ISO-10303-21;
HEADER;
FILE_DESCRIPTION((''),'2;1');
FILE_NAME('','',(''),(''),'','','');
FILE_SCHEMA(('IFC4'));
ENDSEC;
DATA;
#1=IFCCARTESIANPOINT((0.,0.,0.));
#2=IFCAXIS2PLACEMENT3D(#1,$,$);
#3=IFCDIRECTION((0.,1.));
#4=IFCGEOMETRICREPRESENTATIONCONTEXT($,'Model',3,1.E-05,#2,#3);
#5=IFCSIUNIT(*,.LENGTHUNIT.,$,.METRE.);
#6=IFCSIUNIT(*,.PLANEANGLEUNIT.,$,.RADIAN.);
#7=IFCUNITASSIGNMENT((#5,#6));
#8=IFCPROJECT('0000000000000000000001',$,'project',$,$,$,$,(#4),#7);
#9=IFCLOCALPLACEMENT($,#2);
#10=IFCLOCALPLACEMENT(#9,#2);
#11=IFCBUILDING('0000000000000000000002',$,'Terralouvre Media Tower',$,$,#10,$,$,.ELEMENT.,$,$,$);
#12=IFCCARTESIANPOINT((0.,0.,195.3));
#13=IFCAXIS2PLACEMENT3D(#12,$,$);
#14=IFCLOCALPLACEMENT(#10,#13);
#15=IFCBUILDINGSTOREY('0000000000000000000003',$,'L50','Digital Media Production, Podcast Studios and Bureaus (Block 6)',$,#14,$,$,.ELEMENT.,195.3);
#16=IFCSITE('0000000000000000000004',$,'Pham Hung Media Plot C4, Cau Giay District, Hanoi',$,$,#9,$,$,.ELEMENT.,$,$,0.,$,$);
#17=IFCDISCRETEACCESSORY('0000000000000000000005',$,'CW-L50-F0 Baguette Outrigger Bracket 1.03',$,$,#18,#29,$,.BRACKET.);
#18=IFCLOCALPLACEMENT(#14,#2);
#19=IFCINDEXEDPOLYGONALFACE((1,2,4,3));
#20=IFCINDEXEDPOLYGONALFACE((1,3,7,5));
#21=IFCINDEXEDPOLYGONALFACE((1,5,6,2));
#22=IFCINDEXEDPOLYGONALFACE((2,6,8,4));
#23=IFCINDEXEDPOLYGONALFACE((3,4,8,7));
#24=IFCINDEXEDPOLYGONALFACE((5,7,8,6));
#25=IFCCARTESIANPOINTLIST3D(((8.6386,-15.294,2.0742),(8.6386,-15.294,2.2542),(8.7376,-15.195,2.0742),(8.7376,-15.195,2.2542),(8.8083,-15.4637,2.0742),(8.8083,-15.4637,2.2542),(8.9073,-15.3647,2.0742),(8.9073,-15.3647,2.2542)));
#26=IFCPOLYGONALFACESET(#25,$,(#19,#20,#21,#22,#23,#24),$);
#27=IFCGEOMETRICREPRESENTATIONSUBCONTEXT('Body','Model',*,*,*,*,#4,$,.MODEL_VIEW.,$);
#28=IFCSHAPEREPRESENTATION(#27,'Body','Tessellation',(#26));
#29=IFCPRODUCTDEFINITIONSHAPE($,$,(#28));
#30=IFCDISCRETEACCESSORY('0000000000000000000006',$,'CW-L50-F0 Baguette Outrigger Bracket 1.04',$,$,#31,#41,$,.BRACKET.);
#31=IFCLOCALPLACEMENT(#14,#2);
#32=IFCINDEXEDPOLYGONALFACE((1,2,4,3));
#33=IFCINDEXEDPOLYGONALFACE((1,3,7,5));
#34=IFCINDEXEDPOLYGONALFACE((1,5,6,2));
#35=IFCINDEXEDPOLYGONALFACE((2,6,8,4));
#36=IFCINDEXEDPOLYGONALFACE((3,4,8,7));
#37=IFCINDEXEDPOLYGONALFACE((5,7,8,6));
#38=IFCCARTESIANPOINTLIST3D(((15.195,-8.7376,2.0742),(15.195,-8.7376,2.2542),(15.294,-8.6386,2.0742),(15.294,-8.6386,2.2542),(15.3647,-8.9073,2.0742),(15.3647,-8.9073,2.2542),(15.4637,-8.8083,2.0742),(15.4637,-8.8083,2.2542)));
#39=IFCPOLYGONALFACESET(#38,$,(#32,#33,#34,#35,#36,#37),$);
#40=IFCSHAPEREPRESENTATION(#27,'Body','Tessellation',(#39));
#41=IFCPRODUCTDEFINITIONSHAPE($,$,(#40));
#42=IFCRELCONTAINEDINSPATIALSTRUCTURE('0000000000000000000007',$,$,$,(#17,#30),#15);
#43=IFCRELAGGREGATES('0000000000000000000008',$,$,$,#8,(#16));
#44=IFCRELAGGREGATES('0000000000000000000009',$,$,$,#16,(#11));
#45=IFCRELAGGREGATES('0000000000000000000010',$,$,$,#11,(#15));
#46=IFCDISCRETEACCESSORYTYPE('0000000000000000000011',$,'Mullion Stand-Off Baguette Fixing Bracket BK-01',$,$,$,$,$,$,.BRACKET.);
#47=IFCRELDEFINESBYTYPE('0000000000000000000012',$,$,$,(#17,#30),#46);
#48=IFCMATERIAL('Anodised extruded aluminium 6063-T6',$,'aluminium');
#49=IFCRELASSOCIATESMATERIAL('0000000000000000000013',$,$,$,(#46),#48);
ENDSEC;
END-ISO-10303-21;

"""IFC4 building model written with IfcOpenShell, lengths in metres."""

from ifc_helpers import new_model, si_unit, direction, frame, origin, origin_2d, place, context, subcontext, project, spatial, rectangle, extrude, material, type_object, element, save


model = new_model("IFC4")

# Units and contexts
model_context = context("Model", 3, precision=1e-05, world=origin(), true_north=direction((0.0, 1.0)))
body_context = subcontext(model_context, "Body", "Model", "MODEL_VIEW")
ifc_project = project(units=[si_unit("LENGTHUNIT", "METRE"), si_unit("PLANEANGLEUNIT", "RADIAN")], contexts=[model_context])

# Site, building, storey
site_placement = place(None, origin())
site = spatial("IfcSite", under=ifc_project, at=site_placement, Name="Pham Hung Media Plot C4, Cau Giay District, Hanoi", CompositionType="ELEMENT", RefElevation=0.0)
building_placement = place(site_placement, origin())
building = spatial("IfcBuilding", under=site, at=building_placement, Name="Terralouvre Media Tower", CompositionType="ELEMENT")
storey_placement = place(building_placement, frame((0.0, 0.0, 195.3)))
storey = spatial("IfcBuildingStorey", under=building, at=storey_placement, Name="L50", Description="Digital Media Production, Podcast Studios and Bureaus (Block 6)", CompositionType="ELEMENT", Elevation=195.3)

# Discrete accessories
ifc_material_1 = material(Name="Anodised extruded aluminium 6063-T6", Category="aluminium")
discrete_accessory_type = type_object("IfcDiscreteAccessoryType", Name="Mullion Stand-Off Baguette Fixing Bracket BK-01", PredefinedType="BRACKET", material=ifc_material_1)
for number, where, z_axis, x_axis, name in (
    (1, (8.7729, -15.3293, 2.0742), (0.0, 0.0, 1.0), (0.707107, 0.707107, 0.0), "CW-L50-F0 Baguette Outrigger Bracket 1.03"),
    (2, (15.3293, -8.7729, 2.0742), (0.0, 0.0, 1.0), (0.707107, 0.707107, 0.0), "CW-L50-F0 Baguette Outrigger Bracket 1.04"),
):
    element("IfcDiscreteAccessory", number, at=place(storey_placement, frame(where, z_axis=z_axis, x_axis=x_axis)), inside=storey, type_object=discrete_accessory_type, Name=name, PredefinedType="BRACKET", context=body_context, shape_type="SweptSolid", body=[
        extrude(rectangle(XDim=0.1399, YDim=0.24, at=origin_2d()), origin(), (0.0, 0.0, 1.0), 0.1799),
    ])

save(model, "model.ifc")
